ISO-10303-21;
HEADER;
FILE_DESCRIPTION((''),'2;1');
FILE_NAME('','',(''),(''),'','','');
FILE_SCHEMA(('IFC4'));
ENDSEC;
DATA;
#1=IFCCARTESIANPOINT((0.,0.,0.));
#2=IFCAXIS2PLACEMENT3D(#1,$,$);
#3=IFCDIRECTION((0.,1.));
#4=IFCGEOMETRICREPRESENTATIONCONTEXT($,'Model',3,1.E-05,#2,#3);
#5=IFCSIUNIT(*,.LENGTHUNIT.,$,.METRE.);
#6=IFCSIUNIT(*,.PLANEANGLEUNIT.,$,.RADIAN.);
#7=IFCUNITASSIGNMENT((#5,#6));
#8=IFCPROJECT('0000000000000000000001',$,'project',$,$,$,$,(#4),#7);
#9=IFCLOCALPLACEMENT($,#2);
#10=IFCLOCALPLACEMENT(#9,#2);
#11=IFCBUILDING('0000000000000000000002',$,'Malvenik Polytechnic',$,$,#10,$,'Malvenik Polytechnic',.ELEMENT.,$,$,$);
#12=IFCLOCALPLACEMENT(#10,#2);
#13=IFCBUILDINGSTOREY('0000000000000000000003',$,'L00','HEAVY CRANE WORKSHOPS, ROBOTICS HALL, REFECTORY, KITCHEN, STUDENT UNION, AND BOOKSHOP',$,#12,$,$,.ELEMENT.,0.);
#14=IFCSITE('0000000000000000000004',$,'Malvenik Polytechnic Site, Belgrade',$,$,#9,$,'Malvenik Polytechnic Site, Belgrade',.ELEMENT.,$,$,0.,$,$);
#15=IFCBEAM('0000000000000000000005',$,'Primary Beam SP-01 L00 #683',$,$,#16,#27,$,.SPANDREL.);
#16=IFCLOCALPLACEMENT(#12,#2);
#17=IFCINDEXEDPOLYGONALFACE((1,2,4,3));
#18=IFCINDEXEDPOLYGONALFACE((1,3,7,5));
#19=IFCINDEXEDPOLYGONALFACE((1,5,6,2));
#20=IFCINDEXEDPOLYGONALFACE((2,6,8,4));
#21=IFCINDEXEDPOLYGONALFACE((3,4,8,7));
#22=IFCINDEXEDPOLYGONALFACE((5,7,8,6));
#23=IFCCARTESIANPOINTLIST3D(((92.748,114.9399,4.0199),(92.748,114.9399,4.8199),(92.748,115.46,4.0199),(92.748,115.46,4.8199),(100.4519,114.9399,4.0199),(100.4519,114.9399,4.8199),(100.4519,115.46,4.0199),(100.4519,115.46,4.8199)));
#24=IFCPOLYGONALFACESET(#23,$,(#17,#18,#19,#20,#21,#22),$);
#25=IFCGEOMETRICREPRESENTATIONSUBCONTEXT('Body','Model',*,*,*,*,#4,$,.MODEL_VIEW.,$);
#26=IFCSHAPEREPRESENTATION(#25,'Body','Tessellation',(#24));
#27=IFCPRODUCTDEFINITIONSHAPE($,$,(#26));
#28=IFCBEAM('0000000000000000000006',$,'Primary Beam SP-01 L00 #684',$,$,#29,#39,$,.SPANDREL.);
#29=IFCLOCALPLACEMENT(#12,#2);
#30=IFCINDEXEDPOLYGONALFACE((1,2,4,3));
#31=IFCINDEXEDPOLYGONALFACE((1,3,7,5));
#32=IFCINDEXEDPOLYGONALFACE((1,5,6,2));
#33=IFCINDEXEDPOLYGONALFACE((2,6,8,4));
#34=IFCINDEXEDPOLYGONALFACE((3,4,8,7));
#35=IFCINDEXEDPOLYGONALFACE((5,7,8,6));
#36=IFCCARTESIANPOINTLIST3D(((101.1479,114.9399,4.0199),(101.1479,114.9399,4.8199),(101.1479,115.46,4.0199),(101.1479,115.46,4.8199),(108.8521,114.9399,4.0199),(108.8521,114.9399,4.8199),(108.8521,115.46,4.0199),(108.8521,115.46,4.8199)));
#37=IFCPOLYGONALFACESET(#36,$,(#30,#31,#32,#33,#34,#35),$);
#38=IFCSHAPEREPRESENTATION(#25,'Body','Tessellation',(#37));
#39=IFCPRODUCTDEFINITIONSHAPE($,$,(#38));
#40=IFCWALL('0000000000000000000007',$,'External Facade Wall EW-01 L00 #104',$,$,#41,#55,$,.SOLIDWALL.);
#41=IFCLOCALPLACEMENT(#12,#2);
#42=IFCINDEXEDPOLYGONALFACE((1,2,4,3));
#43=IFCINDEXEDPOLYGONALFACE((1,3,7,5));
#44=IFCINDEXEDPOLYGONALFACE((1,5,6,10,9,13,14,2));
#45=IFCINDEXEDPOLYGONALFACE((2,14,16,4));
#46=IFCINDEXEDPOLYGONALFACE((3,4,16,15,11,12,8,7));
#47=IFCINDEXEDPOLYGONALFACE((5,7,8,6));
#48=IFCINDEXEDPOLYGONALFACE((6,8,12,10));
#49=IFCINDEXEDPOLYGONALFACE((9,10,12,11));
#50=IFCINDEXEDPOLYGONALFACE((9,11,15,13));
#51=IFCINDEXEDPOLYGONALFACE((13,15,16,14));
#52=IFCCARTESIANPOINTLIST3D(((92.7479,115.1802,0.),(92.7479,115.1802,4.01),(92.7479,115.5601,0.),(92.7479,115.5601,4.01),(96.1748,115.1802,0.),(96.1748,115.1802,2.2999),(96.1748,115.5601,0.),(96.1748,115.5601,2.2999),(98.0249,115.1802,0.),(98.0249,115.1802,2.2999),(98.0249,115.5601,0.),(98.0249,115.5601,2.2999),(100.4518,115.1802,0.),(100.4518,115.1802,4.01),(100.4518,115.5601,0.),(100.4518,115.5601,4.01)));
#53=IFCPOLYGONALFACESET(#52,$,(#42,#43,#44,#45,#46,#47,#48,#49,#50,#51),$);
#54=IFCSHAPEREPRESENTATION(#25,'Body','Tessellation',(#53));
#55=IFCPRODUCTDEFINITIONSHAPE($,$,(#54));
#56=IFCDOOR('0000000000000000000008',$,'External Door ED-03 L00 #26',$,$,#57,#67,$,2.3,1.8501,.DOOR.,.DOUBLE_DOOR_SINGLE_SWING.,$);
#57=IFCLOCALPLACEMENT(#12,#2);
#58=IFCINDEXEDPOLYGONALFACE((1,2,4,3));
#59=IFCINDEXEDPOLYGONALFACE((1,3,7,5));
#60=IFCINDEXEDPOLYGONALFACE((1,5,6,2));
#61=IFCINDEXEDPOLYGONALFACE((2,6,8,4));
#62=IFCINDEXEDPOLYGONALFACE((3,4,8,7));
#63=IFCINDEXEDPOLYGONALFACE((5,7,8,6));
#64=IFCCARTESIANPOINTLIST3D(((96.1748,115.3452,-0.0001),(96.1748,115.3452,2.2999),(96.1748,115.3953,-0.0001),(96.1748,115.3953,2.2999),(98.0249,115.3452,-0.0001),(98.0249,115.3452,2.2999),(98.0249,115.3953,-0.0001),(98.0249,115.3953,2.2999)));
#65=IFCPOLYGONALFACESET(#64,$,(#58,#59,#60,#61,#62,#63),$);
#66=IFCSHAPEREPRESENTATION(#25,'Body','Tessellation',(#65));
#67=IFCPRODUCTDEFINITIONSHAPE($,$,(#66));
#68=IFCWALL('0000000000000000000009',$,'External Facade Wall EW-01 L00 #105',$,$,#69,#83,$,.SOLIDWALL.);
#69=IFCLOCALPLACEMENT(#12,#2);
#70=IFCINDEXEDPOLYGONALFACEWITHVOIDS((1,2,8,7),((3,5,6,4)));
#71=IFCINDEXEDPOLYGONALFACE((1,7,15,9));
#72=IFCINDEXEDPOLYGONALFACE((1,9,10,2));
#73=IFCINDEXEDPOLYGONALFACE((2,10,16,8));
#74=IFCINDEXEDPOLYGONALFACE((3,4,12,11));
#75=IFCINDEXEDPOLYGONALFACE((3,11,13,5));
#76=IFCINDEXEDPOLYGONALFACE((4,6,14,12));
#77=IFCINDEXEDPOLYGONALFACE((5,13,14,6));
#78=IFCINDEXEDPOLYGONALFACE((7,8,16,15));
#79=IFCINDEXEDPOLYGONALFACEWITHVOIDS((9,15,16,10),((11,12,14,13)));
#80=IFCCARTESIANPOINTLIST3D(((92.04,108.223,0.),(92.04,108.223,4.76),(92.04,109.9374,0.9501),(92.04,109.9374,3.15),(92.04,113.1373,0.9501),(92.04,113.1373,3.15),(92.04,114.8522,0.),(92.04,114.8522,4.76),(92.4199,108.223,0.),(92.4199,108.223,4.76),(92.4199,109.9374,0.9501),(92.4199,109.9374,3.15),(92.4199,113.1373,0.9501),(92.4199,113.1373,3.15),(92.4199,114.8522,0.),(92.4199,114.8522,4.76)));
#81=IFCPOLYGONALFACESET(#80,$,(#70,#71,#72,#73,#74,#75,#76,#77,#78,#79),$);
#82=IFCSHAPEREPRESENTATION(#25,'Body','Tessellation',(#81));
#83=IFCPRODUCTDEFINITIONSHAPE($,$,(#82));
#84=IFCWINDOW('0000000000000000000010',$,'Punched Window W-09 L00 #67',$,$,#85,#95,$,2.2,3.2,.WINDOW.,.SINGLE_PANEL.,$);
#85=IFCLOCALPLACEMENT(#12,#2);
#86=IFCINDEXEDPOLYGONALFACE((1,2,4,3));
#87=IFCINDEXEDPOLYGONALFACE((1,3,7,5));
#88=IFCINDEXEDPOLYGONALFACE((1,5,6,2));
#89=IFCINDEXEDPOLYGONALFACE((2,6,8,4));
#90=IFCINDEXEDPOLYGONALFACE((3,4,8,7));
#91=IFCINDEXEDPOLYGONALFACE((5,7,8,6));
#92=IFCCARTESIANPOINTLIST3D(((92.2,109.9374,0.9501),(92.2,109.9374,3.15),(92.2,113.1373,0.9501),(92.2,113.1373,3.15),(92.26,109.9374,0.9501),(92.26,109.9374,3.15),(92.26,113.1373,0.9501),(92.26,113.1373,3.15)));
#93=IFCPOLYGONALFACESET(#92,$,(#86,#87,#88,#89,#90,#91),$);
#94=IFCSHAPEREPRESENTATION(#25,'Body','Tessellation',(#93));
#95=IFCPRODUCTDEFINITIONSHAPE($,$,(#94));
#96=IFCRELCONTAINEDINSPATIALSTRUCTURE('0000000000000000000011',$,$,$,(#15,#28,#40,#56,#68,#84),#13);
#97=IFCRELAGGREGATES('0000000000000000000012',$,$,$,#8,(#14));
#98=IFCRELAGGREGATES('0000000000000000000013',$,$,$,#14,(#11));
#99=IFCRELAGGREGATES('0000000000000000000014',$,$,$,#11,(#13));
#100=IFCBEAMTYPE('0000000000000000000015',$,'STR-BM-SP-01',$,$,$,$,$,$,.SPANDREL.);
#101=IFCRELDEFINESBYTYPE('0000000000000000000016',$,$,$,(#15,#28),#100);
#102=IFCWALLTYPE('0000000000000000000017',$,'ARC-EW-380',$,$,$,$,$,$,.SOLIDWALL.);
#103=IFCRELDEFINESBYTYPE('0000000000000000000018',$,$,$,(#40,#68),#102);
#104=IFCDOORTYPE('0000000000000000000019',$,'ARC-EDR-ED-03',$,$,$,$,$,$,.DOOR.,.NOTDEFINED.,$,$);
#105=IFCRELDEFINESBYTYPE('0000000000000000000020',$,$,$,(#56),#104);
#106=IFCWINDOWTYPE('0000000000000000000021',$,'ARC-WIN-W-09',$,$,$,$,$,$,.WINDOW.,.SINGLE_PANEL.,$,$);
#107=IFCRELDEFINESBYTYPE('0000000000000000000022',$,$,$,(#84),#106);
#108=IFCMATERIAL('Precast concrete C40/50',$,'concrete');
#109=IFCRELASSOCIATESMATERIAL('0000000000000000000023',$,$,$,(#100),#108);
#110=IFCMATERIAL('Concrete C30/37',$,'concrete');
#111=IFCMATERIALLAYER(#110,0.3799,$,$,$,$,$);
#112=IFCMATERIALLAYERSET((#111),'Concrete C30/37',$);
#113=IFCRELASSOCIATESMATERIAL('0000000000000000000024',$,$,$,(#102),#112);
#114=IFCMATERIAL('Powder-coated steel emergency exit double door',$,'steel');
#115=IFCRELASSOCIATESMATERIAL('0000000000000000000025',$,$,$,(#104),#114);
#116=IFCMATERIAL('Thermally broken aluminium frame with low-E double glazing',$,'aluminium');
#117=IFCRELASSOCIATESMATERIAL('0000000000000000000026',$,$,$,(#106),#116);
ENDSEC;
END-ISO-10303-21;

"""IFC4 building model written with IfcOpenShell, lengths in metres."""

from ifc_helpers import new_model, si_unit, direction, frame, frame_2d, origin, origin_2d, place, context, subcontext, project, spatial, rectangle, extrude, material, layer, layer_set, material_profile, profile_set, type_object, element, fill, save


model = new_model("IFC4")

# Units and contexts
model_context = context("Model", 3, precision=1e-05, world=origin(), true_north=direction((0.0, 1.0)))
body_context = subcontext(model_context, "Body", "Model", "MODEL_VIEW")
ifc_project = project(units=[si_unit("LENGTHUNIT", "METRE"), si_unit("PLANEANGLEUNIT", "RADIAN")], contexts=[model_context])

# Site, building, storey
site_placement = place(None, origin())
site = spatial("IfcSite", under=ifc_project, at=site_placement, Name="Malvenik Polytechnic Site, Belgrade", LongName="Malvenik Polytechnic Site, Belgrade", CompositionType="ELEMENT", RefElevation=0.0)
building_placement = place(site_placement, origin())
building = spatial("IfcBuilding", under=site, at=building_placement, Name="Malvenik Polytechnic", LongName="Malvenik Polytechnic", CompositionType="ELEMENT")
storey_placement = place(building_placement, origin())
storey = spatial("IfcBuildingStorey", under=building, at=storey_placement, Name="L00", Description="HEAVY CRANE WORKSHOPS, ROBOTICS HALL, REFECTORY, KITCHEN, STUDENT UNION, AND BOOKSHOP", CompositionType="ELEMENT", Elevation=0.0)

# Shared definitions
ifc_material_1 = material(Name="Concrete C30/37", Category="concrete")

# Beams
ifc_material_2 = material(Name="Precast concrete C40/50", Category="concrete")
ifc_material_profile_1 = material_profile(ifc_material_2, rectangle(XDim=0.52, YDim=0.8, at=origin_2d()), Name="PC SPN 520x800")
ifc_profile_set_1 = profile_set([ifc_material_profile_1], Name="Precast concrete C40/50")
beam_type = type_object("IfcBeamType", Name="STR-BM-SP-01", PredefinedType="SPANDREL", material=ifc_profile_set_1)
beam_1_placement = place(storey_placement, frame((92.748, 115.2, 4.4199), z_axis=(1.0, 0.0, 0.0), x_axis=(0.0, 1.0, 0.0)))
element("IfcBeam", 1, at=beam_1_placement, inside=storey, type_object=beam_type, Name="Primary Beam SP-01 L00 #683", PredefinedType="SPANDREL", context=body_context, shape_type="SweptSolid", body=[
    extrude(rectangle(XDim=0.52, YDim=0.8, at=origin_2d()), origin(), (0.0, 0.0, 1.0), 7.7039),
])
beam_2_placement = place(storey_placement, frame((101.1479, 115.2, 4.4199), z_axis=(1.0, 0.0, 0.0), x_axis=(0.0, 1.0, 0.0)))
element("IfcBeam", 2, at=beam_2_placement, inside=storey, type_object=beam_type, Name="Primary Beam SP-01 L00 #684", PredefinedType="SPANDREL", context=body_context, shape_type="SweptSolid", body=[
    extrude(rectangle(XDim=0.52, YDim=0.8, at=origin_2d()), origin(), (0.0, 0.0, 1.0), 7.7041),
])

# Wall, opening, door
ifc_layer = layer(ifc_material_1, 0.3799)
ifc_layer_set = layer_set([ifc_layer], Name="Concrete C30/37")
wall_type = type_object("IfcWallType", Name="ARC-EW-380", PredefinedType="SOLIDWALL", material=ifc_layer_set)
wall_1_placement = place(storey_placement, frame((100.4519, 115.3701, 0.0), z_axis=(0.0, 0.0, 1.0), x_axis=(-1.0, 0.0, 0.0)))
wall_1 = element("IfcWall", 3, at=wall_1_placement, inside=storey, type_object=wall_type, Name="External Facade Wall EW-01 L00 #104", PredefinedType="SOLIDWALL", context=body_context, shape_type="SweptSolid", body=[
    extrude(rectangle(XDim=7.7039, YDim=0.3799, at=frame_2d((3.8521, 0.0))), origin(), (0.0, 0.0, 1.0), 4.01),
])
opening_1_placement = place(wall_1_placement, frame((2.427, 0.0, 0.0)))
opening_1 = element("IfcOpeningElement", 4, at=opening_1_placement, cuts=wall_1, PredefinedType="OPENING", context=body_context, shape_type="SweptSolid", body=[
    extrude(rectangle(XDim=1.8501, YDim=2.3, at=frame_2d((0.925, 1.1499))), frame((0.0, 0.2, 0.0), z_axis=(0.0, -1.0, 0.0), x_axis=(1.0, 0.0, 0.0)), (0.0, 0.0, 1.0), 0.3999),
])
ifc_material_3 = material(Name="Powder-coated steel emergency exit double door", Category="steel")
door_type = type_object("IfcDoorType", Name="ARC-EDR-ED-03", OperationType="NOTDEFINED", PredefinedType="DOOR", material=ifc_material_3)
door_placement = place(opening_1_placement, origin())
door = element("IfcDoor", 5, at=door_placement, inside=storey, type_object=door_type, Name="External Door ED-03 L00 #26", OperationType="DOUBLE_DOOR_SINGLE_SWING", OverallHeight=2.3, OverallWidth=1.8501, PredefinedType="DOOR", context=body_context, shape_type="SweptSolid", body=[
    extrude(rectangle(XDim=1.8501, YDim=2.3, at=frame_2d((0.925, 1.1499))), frame((0.0, 0.0249, 0.0), z_axis=(0.0, -1.0, 0.0), x_axis=(1.0, 0.0, 0.0)), (0.0, 0.0, 1.0), 0.05),
])
fill(opening_1, door)

# Wall, opening, window
wall_2_placement = place(storey_placement, frame((92.23, 114.8521, 0.0), z_axis=(0.0, 0.0, 1.0), x_axis=(0.0, -1.0, 0.0)))
wall_2 = element("IfcWall", 6, at=wall_2_placement, inside=storey, type_object=wall_type, Name="External Facade Wall EW-01 L00 #105", PredefinedType="SOLIDWALL", context=body_context, shape_type="SweptSolid", body=[
    extrude(rectangle(XDim=6.6292, YDim=0.3799, at=frame_2d((3.3145, 0.0))), origin(), (0.0, 0.0, 1.0), 4.76),
])
opening_2_placement = place(wall_2_placement, frame((1.7146, 0.0, 0.95)))
opening_2 = element("IfcOpeningElement", 7, at=opening_2_placement, cuts=wall_2, PredefinedType="OPENING", context=body_context, shape_type="SweptSolid", body=[
    extrude(rectangle(XDim=3.2, YDim=2.2, at=frame_2d((1.6001, 1.1001))), frame((0.0, 0.2, 0.0), z_axis=(0.0, -1.0, 0.0), x_axis=(1.0, 0.0, 0.0)), (0.0, 0.0, 1.0), 0.3999),
])
ifc_material_4 = material(Name="Thermally broken aluminium frame with low-E double glazing", Category="aluminium")
window_type = type_object("IfcWindowType", Name="ARC-WIN-W-09", PartitioningType="SINGLE_PANEL", PredefinedType="WINDOW", material=ifc_material_4)
window_placement = place(opening_2_placement, origin())
window = element("IfcWindow", 8, at=window_placement, inside=storey, type_object=window_type, Name="Punched Window W-09 L00 #67", OverallHeight=2.2, OverallWidth=3.2, PartitioningType="SINGLE_PANEL", PredefinedType="WINDOW", context=body_context, shape_type="SweptSolid", body=[
    extrude(rectangle(XDim=3.2, YDim=2.2, at=frame_2d((1.6001, 1.1001))), frame((0.0, 0.03, 0.0), z_axis=(0.0, -1.0, 0.0), x_axis=(1.0, 0.0, 0.0)), (0.0, 0.0, 1.0), 0.0601),
])
fill(opening_2, window)

save(model, "model.ifc")
